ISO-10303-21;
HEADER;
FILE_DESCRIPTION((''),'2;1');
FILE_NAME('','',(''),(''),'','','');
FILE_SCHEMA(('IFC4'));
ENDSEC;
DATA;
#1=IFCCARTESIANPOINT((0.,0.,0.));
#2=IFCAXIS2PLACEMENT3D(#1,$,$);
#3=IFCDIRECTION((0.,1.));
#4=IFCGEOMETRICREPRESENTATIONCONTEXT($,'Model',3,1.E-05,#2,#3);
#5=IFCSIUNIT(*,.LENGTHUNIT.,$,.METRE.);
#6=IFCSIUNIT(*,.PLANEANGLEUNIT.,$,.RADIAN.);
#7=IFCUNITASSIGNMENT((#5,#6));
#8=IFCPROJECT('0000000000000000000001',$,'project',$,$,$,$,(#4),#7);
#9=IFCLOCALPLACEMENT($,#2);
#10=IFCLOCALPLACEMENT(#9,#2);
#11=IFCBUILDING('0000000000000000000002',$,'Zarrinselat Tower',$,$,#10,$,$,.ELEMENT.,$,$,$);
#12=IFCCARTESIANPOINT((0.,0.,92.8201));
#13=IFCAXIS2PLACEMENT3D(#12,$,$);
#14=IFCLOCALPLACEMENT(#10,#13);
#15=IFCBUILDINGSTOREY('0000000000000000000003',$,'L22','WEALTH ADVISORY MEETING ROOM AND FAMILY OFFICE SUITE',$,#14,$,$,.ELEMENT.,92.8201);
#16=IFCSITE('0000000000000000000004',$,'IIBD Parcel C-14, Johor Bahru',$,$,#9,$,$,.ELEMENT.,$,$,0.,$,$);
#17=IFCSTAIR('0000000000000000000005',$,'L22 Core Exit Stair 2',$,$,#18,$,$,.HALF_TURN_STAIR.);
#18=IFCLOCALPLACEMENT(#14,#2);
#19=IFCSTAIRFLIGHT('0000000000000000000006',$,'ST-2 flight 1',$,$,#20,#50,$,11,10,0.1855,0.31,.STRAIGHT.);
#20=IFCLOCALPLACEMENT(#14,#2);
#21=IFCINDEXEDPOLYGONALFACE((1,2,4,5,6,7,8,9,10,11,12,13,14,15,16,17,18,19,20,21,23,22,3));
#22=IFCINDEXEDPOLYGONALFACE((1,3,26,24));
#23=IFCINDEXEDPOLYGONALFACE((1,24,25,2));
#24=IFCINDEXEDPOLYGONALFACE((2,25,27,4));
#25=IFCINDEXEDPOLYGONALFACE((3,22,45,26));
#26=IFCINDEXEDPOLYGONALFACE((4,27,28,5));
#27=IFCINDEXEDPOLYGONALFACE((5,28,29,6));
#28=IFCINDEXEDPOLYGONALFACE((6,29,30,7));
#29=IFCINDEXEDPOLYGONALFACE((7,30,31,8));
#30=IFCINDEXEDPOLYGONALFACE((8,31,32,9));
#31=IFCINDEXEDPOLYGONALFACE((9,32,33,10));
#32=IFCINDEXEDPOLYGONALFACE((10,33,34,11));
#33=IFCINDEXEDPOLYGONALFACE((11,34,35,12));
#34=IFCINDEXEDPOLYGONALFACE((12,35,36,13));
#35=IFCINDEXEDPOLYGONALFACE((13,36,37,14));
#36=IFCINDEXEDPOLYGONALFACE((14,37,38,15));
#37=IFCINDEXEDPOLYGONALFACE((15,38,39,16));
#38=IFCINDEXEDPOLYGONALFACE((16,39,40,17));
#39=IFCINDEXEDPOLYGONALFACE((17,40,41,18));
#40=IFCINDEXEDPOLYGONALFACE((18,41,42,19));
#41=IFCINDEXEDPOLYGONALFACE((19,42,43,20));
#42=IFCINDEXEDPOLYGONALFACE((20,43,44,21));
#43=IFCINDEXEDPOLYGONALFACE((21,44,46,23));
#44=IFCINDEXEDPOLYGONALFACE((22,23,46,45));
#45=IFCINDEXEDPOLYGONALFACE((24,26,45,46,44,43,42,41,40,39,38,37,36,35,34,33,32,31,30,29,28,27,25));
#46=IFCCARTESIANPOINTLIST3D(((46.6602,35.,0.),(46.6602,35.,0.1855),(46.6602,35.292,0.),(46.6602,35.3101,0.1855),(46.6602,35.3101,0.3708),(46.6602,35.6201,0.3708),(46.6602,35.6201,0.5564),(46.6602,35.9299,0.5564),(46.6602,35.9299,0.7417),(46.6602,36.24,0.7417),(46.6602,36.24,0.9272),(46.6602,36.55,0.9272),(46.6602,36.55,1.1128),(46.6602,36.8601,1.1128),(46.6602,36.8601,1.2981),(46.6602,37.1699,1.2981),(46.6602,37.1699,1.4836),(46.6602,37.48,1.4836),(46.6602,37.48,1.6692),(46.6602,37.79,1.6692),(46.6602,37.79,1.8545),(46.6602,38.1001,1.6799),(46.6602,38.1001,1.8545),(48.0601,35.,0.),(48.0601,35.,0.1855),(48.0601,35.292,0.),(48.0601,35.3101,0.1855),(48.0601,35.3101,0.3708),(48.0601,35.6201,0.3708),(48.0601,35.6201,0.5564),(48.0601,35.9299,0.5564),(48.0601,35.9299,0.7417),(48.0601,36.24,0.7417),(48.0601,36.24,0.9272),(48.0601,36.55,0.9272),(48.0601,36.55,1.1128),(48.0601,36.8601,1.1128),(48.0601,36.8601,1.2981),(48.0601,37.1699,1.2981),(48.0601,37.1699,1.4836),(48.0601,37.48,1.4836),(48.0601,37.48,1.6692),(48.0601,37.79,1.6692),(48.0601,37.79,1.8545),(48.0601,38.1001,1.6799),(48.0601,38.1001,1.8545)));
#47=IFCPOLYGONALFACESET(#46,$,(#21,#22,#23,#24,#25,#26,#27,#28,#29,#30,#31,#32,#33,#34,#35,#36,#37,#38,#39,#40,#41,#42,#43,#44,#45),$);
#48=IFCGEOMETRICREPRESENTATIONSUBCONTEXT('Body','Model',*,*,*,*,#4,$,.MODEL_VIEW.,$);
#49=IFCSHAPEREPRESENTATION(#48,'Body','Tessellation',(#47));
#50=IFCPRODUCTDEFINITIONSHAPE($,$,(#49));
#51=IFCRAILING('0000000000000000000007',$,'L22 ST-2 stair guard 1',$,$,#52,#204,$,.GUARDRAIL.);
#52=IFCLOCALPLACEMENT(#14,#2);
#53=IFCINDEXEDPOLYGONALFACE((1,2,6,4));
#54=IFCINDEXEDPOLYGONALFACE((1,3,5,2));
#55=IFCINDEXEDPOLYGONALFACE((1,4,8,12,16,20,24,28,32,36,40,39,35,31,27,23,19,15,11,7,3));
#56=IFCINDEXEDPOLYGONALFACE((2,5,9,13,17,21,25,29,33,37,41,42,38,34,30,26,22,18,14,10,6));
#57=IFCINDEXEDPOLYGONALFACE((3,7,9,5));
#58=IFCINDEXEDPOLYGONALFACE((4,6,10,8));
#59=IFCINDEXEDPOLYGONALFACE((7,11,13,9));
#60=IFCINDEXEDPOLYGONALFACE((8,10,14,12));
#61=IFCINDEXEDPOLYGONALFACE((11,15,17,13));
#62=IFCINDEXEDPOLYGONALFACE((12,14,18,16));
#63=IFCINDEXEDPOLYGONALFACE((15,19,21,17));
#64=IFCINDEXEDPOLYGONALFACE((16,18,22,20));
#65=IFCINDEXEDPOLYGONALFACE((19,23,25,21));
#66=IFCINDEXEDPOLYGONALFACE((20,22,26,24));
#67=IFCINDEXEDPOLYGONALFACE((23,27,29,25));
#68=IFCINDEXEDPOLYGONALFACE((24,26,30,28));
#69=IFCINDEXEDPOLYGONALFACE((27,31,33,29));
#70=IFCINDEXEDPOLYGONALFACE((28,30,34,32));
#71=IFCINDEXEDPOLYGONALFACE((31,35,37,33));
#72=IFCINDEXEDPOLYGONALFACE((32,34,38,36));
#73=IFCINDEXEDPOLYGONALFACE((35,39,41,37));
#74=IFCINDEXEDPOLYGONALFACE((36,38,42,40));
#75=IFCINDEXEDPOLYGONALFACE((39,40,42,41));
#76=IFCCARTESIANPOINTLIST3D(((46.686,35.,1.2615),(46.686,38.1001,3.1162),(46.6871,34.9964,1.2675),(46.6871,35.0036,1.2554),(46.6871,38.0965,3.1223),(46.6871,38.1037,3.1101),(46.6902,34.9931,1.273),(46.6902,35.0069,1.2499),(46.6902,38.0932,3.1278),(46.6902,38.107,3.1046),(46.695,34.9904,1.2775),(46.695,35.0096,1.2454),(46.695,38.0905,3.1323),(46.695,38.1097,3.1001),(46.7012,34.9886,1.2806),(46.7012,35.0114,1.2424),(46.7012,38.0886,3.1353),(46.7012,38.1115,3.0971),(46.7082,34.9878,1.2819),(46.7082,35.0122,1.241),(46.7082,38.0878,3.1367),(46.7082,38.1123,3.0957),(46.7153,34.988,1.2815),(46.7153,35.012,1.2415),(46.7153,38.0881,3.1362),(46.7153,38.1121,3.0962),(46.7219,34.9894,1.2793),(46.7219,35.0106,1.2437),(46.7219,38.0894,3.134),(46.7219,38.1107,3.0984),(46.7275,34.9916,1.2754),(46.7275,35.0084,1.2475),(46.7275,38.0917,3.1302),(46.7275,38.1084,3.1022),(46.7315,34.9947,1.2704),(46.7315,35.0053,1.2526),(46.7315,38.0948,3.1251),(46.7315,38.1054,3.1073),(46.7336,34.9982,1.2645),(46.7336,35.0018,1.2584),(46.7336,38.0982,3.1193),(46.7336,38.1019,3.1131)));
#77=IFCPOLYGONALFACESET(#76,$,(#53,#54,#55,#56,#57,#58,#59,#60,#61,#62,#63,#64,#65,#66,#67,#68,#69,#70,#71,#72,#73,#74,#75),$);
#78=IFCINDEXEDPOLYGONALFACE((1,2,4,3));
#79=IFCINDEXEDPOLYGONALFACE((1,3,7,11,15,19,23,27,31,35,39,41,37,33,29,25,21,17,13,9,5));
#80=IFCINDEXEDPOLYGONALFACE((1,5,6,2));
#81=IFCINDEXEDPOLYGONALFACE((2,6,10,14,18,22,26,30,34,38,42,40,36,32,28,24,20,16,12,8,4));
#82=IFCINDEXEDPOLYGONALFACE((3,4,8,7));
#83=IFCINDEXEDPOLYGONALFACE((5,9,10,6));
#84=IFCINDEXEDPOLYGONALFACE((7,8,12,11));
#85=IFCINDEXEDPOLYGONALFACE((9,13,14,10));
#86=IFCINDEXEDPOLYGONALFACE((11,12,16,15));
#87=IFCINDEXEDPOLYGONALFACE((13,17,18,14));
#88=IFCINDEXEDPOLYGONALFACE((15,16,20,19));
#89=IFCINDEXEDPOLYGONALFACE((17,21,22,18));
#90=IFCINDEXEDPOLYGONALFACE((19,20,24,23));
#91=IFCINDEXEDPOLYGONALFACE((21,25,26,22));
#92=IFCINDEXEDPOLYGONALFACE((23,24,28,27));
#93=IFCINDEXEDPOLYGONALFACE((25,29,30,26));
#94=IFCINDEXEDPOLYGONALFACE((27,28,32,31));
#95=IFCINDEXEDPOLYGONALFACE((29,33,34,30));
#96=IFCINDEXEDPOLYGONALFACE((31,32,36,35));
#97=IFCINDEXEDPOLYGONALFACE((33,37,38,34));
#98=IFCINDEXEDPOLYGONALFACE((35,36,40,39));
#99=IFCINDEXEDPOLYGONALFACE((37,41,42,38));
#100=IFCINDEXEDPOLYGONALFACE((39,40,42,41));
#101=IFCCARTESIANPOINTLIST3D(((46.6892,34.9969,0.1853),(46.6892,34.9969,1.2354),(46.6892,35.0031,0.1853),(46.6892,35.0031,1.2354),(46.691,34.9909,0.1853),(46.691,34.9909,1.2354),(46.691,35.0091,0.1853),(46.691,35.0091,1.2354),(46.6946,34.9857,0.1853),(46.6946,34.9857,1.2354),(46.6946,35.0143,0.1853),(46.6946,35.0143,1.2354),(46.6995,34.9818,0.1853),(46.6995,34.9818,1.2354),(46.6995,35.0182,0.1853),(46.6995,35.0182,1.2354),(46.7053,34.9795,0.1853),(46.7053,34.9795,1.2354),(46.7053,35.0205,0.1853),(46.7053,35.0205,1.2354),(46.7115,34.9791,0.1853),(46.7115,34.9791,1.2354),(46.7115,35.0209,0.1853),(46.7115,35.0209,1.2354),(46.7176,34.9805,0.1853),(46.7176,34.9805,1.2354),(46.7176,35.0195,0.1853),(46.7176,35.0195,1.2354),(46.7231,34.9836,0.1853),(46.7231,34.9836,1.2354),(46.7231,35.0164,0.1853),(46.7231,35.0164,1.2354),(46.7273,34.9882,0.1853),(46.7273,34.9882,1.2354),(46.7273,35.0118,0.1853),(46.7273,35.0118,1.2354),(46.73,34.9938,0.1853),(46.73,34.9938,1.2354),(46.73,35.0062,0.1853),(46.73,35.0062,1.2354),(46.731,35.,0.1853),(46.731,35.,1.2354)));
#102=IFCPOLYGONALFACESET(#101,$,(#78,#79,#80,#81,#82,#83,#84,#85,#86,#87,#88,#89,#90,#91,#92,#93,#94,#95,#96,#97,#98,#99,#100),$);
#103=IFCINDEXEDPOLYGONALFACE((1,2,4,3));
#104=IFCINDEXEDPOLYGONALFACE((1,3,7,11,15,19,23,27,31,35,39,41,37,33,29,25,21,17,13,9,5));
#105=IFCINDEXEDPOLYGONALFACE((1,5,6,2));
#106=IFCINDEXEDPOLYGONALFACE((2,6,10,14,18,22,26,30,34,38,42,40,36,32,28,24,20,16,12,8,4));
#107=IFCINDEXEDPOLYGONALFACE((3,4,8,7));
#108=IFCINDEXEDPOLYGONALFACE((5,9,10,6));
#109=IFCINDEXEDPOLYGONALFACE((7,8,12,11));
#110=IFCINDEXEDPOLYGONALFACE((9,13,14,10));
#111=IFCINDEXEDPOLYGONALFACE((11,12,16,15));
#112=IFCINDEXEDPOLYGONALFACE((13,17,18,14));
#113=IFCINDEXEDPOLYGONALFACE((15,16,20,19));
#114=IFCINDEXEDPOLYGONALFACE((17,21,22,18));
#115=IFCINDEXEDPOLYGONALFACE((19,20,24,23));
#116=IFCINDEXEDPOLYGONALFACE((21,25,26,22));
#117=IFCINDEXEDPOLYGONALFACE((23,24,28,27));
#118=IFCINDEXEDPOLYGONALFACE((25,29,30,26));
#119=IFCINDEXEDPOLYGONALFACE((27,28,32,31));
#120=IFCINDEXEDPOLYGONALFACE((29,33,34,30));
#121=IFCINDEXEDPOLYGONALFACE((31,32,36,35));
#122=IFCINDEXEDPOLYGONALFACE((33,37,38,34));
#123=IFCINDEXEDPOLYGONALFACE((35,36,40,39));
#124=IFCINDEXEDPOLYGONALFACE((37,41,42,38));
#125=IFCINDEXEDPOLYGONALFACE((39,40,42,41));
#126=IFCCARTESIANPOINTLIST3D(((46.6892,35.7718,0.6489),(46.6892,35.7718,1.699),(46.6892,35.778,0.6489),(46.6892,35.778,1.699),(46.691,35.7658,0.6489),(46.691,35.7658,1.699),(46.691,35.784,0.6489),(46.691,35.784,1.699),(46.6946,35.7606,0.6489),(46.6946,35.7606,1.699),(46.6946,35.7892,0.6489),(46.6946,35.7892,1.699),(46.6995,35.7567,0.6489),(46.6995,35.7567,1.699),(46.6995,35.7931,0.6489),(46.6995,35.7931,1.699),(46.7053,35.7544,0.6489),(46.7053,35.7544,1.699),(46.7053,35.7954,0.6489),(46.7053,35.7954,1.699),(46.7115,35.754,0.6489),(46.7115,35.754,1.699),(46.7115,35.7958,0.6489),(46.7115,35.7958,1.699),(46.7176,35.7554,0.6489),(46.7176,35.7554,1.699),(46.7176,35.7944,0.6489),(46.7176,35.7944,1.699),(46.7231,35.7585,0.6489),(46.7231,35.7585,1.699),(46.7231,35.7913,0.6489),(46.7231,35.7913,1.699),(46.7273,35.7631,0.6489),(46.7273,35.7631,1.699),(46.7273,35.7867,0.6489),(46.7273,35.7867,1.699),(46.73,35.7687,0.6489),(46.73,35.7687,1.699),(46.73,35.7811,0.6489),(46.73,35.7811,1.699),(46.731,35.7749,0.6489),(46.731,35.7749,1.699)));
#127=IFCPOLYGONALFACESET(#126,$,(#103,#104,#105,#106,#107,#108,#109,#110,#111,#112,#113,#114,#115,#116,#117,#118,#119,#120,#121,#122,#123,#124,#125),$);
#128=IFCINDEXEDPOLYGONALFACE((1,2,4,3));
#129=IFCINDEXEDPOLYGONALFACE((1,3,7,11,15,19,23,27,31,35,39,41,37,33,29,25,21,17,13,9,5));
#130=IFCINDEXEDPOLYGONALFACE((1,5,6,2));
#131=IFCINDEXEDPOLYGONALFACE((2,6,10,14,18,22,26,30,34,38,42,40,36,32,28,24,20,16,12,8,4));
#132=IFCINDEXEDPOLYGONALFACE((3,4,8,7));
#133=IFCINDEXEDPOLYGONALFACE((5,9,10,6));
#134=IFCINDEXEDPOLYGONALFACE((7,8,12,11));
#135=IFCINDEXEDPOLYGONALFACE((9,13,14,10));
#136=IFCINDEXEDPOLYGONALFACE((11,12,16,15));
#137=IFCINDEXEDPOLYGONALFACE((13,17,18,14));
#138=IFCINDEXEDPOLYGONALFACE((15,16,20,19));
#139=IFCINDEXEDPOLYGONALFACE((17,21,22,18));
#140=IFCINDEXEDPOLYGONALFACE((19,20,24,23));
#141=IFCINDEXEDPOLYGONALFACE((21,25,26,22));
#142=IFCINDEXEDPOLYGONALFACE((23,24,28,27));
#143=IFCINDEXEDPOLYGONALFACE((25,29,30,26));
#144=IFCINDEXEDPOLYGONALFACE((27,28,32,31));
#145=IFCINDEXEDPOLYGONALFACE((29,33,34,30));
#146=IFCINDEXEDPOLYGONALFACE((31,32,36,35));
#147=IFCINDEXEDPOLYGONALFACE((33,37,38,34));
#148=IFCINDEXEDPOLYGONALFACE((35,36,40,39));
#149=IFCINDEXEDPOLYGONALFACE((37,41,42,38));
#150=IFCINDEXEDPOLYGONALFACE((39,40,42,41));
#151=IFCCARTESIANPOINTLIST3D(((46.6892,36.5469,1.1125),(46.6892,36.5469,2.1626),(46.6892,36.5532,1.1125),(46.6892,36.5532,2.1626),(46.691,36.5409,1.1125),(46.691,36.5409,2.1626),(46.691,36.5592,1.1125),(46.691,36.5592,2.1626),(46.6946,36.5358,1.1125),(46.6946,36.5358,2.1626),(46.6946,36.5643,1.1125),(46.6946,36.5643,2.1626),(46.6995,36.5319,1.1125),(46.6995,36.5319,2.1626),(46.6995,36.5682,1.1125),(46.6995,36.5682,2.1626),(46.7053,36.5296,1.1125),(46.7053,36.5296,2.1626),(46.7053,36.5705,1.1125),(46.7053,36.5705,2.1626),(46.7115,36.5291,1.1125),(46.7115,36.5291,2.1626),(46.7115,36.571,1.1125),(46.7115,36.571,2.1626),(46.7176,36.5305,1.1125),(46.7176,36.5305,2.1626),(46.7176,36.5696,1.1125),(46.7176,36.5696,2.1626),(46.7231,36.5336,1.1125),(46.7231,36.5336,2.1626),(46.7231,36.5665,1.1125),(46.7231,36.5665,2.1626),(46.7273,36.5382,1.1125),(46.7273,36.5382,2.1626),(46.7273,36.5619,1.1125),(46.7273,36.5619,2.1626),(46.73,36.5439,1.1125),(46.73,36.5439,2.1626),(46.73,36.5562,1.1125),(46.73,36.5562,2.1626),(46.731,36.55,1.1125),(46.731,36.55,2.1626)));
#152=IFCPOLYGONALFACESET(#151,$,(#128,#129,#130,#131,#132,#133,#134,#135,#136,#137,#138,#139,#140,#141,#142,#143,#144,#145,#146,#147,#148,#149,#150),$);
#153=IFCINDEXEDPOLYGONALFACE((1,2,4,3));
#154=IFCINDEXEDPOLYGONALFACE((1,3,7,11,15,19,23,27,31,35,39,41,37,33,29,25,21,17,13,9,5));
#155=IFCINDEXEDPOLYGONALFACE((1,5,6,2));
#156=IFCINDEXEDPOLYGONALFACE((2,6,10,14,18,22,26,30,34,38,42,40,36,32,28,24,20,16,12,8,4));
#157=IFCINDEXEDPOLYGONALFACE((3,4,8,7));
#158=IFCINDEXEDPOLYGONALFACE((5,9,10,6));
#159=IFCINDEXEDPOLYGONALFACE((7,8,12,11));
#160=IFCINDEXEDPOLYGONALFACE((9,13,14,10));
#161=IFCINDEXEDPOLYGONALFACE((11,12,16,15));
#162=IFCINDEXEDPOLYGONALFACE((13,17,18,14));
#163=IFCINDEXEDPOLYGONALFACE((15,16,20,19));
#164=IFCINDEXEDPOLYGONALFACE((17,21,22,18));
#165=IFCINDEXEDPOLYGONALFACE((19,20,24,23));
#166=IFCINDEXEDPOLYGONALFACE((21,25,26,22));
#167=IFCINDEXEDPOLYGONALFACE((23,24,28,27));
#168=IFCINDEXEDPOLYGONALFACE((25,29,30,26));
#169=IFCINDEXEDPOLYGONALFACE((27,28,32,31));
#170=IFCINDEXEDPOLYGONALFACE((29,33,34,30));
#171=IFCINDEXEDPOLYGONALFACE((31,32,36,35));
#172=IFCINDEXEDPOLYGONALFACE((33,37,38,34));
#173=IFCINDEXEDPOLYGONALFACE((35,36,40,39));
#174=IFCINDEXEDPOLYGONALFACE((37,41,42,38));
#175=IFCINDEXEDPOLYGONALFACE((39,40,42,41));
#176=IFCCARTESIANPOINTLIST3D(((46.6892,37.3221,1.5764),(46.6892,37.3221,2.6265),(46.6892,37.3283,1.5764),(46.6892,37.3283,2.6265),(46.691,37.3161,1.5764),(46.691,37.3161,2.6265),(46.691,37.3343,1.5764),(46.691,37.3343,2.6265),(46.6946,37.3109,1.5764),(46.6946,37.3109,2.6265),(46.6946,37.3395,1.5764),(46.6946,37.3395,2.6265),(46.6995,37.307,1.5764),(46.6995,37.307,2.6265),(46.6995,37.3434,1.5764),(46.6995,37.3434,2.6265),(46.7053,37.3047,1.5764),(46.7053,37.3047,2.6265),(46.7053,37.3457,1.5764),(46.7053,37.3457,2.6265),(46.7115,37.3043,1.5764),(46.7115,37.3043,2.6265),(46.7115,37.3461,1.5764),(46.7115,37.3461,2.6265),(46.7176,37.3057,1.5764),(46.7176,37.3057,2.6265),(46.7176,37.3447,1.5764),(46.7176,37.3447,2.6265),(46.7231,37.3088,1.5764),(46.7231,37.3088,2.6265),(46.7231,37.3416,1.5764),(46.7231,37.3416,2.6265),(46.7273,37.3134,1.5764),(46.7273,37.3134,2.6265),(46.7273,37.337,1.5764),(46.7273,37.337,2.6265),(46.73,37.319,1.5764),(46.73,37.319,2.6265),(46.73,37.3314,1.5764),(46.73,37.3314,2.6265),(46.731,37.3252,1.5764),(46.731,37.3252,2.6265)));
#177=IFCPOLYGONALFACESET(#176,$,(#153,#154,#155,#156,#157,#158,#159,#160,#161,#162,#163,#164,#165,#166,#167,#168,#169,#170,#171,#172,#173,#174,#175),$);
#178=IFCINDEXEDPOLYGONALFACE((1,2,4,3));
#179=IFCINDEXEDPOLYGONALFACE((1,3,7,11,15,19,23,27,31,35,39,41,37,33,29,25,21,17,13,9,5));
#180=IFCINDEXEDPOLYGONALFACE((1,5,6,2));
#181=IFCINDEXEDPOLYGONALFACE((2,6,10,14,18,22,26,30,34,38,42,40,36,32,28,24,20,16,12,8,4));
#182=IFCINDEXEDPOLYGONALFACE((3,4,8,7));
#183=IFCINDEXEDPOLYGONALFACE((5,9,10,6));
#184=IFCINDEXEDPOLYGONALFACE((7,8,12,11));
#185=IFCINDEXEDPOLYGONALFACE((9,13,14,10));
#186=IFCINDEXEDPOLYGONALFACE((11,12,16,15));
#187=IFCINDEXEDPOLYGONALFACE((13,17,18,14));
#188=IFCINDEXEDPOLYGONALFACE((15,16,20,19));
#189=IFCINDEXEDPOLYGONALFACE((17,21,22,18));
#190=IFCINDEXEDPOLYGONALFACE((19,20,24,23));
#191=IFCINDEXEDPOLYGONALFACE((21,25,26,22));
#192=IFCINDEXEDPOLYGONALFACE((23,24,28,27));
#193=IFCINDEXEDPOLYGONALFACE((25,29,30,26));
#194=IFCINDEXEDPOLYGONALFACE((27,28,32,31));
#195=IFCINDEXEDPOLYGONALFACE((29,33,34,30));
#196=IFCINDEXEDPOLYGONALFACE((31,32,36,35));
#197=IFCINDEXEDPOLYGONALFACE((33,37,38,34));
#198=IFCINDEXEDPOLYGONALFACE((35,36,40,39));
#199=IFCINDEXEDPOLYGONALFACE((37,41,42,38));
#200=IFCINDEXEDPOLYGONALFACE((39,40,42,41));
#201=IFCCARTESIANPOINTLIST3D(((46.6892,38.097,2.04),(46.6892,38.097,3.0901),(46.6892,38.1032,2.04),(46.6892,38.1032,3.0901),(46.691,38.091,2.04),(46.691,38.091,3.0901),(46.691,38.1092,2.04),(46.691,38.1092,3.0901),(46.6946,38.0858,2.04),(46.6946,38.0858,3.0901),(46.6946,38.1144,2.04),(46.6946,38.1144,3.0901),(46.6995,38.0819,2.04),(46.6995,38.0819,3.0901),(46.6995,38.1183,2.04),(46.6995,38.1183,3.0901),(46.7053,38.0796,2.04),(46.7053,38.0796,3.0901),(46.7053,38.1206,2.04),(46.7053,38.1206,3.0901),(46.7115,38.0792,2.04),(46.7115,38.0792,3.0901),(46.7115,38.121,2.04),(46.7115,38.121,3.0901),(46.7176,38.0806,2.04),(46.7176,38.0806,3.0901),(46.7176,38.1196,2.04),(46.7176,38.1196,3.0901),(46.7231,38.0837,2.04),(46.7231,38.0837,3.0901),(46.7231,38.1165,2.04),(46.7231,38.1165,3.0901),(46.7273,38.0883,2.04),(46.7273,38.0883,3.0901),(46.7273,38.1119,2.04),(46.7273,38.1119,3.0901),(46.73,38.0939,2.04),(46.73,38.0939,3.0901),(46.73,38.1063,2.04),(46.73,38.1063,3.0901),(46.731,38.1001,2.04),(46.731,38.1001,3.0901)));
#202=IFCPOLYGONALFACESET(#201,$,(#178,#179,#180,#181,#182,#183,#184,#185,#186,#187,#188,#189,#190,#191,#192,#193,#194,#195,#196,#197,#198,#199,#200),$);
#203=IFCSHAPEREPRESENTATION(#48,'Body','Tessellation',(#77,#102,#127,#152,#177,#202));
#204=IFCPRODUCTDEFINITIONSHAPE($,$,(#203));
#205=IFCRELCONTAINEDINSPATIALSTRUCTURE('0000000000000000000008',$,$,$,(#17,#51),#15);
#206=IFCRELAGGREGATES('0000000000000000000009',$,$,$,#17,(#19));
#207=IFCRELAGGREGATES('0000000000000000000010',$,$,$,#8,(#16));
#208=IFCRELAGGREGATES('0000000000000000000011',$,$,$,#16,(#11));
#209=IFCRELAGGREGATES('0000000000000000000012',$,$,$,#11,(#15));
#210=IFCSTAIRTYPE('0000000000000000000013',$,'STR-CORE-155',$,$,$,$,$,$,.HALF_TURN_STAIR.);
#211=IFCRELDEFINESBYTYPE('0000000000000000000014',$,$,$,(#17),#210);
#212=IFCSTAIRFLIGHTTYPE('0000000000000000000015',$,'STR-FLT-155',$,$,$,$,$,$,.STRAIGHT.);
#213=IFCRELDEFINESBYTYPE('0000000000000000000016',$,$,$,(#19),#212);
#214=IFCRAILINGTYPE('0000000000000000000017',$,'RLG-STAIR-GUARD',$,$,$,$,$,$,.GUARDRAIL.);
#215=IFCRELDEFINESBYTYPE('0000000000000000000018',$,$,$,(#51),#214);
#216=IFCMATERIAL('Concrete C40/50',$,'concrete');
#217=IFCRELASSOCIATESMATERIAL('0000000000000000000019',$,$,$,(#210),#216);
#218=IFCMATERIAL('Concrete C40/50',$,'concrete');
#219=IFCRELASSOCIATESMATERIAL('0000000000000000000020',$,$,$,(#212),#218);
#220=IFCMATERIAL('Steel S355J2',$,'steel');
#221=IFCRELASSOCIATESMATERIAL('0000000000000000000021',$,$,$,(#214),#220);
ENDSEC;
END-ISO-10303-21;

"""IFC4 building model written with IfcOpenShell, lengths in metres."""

from ifc_helpers import new_model, si_unit, direction, frame, origin, origin_2d, place, context, subcontext, project, spatial, polyline, circle, outline, extrude, material, type_object, element, aggregate, save


model = new_model("IFC4")

# Units and contexts
model_context = context("Model", 3, precision=1e-05, world=origin(), true_north=direction((0.0, 1.0)))
body_context = subcontext(model_context, "Body", "Model", "MODEL_VIEW")
ifc_project = project(units=[si_unit("LENGTHUNIT", "METRE"), si_unit("PLANEANGLEUNIT", "RADIAN")], contexts=[model_context])

# Site, building, storey
site_placement = place(None, origin())
site = spatial("IfcSite", under=ifc_project, at=site_placement, Name="IIBD Parcel C-14, Johor Bahru", CompositionType="ELEMENT", RefElevation=0.0)
building_placement = place(site_placement, origin())
building = spatial("IfcBuilding", under=site, at=building_placement, Name="Zarrinselat Tower", CompositionType="ELEMENT")
storey_placement = place(building_placement, frame((0.0, 0.0, 92.8201)))
storey = spatial("IfcBuildingStorey", under=building, at=storey_placement, Name="L22", Description="WEALTH ADVISORY MEETING ROOM AND FAMILY OFFICE SUITE", CompositionType="ELEMENT", Elevation=92.8201)

# Stair, stair flight
ifc_material_1 = material(Name="Concrete C40/50", Category="concrete")
stair_type = type_object("IfcStairType", Name="STR-CORE-155", PredefinedType="HALF_TURN_STAIR", material=ifc_material_1)
stair_placement = place(storey_placement, origin())
stair = element("IfcStair", 1, at=stair_placement, inside=storey, type_object=stair_type, Name="L22 Core Exit Stair 2", PredefinedType="HALF_TURN_STAIR")
ifc_material_2 = material(Name="Concrete C40/50", Category="concrete")
stair_flight_type = type_object("IfcStairFlightType", Name="STR-FLT-155", PredefinedType="STRAIGHT", material=ifc_material_2)
stair_flight_placement = place(storey_placement, frame((47.3601, 35.0, 0.0), z_axis=(0.0, 0.0, 1.0), x_axis=(0.0, 1.0, 0.0)))
stair_flight = element("IfcStairFlight", 2, at=stair_flight_placement, type_object=stair_flight_type, Name="ST-2 flight 1", NumberOfRisers=11, NumberOfTreads=10, PredefinedType="STRAIGHT", RiserHeight=0.1855, TreadLength=0.31, context=body_context, shape_type="SweptSolid", body=[
    extrude(outline(polyline([(0.0, 0.0), (0.0, 0.1855), (0.3101, 0.1855), (0.3101, 0.3708), (0.6201, 0.3708), (0.6201, 0.5564), (0.9299, 0.5564), (0.9299, 0.7417), (1.24, 0.7417), (1.24, 0.9272), (1.55, 0.9272), (1.55, 1.1128), (1.8601, 1.1128), (1.8601, 1.2981), (2.1699, 1.2981), (2.1699, 1.4836), (2.48, 1.4836), (2.48, 1.6692), (2.79, 1.6692), (2.79, 1.8545), (3.1001, 1.8545), (3.1001, 2.04), (3.1001, 1.6799), (0.292, 0.0), (0.0, 0.0)])), frame((0.0, 0.7, 0.0), z_axis=(0.0, -1.0, 0.0), x_axis=(1.0, 0.0, 0.0)), (0.0, 0.0, 1.0), 1.3999),
])
aggregate(stair, [stair_flight])

# Railing
ifc_material_3 = material(Name="Steel S355J2", Category="steel")
railing_type_1 = type_object("IfcRailingType", Name="RLG-STAIR-GUARD", PredefinedType="GUARDRAIL", material=ifc_material_3)
railing_1_placement = place(storey_placement, frame((46.71, 35.0, 0.1853)))
element("IfcRailing", 3, at=railing_1_placement, inside=storey, type_object=railing_type_1, Name="L22 ST-2 stair guard 1", PredefinedType="GUARDRAIL", context=body_context, shape_type="SweptSolid", body=[
    extrude(circle(Radius=0.0239, at=origin_2d()), frame((0.0, 0.0, 1.0762), z_axis=(0.0, 0.858142, 0.513412), x_axis=(-1.0, 0.0, 0.0)), (0.0, 0.0, 1.0), 3.6125),
    extrude(circle(Radius=0.021, at=origin_2d()), origin(), (0.0, 0.0, 1.0), 1.05),
    extrude(circle(Radius=0.021, at=origin_2d()), frame((0.0, 0.7749, 0.4636)), (0.0, 0.0, 1.0), 1.05),
    extrude(circle(Radius=0.021, at=origin_2d()), frame((0.0, 1.55, 0.9272)), (0.0, 0.0, 1.0), 1.05),
    extrude(circle(Radius=0.021, at=origin_2d()), frame((0.0, 2.3252, 1.3911)), (0.0, 0.0, 1.0), 1.05),
    extrude(circle(Radius=0.021, at=origin_2d()), frame((0.0, 3.1001, 1.8547)), (0.0, 0.0, 1.0), 1.05),
])

save(model, "model.ifc")
